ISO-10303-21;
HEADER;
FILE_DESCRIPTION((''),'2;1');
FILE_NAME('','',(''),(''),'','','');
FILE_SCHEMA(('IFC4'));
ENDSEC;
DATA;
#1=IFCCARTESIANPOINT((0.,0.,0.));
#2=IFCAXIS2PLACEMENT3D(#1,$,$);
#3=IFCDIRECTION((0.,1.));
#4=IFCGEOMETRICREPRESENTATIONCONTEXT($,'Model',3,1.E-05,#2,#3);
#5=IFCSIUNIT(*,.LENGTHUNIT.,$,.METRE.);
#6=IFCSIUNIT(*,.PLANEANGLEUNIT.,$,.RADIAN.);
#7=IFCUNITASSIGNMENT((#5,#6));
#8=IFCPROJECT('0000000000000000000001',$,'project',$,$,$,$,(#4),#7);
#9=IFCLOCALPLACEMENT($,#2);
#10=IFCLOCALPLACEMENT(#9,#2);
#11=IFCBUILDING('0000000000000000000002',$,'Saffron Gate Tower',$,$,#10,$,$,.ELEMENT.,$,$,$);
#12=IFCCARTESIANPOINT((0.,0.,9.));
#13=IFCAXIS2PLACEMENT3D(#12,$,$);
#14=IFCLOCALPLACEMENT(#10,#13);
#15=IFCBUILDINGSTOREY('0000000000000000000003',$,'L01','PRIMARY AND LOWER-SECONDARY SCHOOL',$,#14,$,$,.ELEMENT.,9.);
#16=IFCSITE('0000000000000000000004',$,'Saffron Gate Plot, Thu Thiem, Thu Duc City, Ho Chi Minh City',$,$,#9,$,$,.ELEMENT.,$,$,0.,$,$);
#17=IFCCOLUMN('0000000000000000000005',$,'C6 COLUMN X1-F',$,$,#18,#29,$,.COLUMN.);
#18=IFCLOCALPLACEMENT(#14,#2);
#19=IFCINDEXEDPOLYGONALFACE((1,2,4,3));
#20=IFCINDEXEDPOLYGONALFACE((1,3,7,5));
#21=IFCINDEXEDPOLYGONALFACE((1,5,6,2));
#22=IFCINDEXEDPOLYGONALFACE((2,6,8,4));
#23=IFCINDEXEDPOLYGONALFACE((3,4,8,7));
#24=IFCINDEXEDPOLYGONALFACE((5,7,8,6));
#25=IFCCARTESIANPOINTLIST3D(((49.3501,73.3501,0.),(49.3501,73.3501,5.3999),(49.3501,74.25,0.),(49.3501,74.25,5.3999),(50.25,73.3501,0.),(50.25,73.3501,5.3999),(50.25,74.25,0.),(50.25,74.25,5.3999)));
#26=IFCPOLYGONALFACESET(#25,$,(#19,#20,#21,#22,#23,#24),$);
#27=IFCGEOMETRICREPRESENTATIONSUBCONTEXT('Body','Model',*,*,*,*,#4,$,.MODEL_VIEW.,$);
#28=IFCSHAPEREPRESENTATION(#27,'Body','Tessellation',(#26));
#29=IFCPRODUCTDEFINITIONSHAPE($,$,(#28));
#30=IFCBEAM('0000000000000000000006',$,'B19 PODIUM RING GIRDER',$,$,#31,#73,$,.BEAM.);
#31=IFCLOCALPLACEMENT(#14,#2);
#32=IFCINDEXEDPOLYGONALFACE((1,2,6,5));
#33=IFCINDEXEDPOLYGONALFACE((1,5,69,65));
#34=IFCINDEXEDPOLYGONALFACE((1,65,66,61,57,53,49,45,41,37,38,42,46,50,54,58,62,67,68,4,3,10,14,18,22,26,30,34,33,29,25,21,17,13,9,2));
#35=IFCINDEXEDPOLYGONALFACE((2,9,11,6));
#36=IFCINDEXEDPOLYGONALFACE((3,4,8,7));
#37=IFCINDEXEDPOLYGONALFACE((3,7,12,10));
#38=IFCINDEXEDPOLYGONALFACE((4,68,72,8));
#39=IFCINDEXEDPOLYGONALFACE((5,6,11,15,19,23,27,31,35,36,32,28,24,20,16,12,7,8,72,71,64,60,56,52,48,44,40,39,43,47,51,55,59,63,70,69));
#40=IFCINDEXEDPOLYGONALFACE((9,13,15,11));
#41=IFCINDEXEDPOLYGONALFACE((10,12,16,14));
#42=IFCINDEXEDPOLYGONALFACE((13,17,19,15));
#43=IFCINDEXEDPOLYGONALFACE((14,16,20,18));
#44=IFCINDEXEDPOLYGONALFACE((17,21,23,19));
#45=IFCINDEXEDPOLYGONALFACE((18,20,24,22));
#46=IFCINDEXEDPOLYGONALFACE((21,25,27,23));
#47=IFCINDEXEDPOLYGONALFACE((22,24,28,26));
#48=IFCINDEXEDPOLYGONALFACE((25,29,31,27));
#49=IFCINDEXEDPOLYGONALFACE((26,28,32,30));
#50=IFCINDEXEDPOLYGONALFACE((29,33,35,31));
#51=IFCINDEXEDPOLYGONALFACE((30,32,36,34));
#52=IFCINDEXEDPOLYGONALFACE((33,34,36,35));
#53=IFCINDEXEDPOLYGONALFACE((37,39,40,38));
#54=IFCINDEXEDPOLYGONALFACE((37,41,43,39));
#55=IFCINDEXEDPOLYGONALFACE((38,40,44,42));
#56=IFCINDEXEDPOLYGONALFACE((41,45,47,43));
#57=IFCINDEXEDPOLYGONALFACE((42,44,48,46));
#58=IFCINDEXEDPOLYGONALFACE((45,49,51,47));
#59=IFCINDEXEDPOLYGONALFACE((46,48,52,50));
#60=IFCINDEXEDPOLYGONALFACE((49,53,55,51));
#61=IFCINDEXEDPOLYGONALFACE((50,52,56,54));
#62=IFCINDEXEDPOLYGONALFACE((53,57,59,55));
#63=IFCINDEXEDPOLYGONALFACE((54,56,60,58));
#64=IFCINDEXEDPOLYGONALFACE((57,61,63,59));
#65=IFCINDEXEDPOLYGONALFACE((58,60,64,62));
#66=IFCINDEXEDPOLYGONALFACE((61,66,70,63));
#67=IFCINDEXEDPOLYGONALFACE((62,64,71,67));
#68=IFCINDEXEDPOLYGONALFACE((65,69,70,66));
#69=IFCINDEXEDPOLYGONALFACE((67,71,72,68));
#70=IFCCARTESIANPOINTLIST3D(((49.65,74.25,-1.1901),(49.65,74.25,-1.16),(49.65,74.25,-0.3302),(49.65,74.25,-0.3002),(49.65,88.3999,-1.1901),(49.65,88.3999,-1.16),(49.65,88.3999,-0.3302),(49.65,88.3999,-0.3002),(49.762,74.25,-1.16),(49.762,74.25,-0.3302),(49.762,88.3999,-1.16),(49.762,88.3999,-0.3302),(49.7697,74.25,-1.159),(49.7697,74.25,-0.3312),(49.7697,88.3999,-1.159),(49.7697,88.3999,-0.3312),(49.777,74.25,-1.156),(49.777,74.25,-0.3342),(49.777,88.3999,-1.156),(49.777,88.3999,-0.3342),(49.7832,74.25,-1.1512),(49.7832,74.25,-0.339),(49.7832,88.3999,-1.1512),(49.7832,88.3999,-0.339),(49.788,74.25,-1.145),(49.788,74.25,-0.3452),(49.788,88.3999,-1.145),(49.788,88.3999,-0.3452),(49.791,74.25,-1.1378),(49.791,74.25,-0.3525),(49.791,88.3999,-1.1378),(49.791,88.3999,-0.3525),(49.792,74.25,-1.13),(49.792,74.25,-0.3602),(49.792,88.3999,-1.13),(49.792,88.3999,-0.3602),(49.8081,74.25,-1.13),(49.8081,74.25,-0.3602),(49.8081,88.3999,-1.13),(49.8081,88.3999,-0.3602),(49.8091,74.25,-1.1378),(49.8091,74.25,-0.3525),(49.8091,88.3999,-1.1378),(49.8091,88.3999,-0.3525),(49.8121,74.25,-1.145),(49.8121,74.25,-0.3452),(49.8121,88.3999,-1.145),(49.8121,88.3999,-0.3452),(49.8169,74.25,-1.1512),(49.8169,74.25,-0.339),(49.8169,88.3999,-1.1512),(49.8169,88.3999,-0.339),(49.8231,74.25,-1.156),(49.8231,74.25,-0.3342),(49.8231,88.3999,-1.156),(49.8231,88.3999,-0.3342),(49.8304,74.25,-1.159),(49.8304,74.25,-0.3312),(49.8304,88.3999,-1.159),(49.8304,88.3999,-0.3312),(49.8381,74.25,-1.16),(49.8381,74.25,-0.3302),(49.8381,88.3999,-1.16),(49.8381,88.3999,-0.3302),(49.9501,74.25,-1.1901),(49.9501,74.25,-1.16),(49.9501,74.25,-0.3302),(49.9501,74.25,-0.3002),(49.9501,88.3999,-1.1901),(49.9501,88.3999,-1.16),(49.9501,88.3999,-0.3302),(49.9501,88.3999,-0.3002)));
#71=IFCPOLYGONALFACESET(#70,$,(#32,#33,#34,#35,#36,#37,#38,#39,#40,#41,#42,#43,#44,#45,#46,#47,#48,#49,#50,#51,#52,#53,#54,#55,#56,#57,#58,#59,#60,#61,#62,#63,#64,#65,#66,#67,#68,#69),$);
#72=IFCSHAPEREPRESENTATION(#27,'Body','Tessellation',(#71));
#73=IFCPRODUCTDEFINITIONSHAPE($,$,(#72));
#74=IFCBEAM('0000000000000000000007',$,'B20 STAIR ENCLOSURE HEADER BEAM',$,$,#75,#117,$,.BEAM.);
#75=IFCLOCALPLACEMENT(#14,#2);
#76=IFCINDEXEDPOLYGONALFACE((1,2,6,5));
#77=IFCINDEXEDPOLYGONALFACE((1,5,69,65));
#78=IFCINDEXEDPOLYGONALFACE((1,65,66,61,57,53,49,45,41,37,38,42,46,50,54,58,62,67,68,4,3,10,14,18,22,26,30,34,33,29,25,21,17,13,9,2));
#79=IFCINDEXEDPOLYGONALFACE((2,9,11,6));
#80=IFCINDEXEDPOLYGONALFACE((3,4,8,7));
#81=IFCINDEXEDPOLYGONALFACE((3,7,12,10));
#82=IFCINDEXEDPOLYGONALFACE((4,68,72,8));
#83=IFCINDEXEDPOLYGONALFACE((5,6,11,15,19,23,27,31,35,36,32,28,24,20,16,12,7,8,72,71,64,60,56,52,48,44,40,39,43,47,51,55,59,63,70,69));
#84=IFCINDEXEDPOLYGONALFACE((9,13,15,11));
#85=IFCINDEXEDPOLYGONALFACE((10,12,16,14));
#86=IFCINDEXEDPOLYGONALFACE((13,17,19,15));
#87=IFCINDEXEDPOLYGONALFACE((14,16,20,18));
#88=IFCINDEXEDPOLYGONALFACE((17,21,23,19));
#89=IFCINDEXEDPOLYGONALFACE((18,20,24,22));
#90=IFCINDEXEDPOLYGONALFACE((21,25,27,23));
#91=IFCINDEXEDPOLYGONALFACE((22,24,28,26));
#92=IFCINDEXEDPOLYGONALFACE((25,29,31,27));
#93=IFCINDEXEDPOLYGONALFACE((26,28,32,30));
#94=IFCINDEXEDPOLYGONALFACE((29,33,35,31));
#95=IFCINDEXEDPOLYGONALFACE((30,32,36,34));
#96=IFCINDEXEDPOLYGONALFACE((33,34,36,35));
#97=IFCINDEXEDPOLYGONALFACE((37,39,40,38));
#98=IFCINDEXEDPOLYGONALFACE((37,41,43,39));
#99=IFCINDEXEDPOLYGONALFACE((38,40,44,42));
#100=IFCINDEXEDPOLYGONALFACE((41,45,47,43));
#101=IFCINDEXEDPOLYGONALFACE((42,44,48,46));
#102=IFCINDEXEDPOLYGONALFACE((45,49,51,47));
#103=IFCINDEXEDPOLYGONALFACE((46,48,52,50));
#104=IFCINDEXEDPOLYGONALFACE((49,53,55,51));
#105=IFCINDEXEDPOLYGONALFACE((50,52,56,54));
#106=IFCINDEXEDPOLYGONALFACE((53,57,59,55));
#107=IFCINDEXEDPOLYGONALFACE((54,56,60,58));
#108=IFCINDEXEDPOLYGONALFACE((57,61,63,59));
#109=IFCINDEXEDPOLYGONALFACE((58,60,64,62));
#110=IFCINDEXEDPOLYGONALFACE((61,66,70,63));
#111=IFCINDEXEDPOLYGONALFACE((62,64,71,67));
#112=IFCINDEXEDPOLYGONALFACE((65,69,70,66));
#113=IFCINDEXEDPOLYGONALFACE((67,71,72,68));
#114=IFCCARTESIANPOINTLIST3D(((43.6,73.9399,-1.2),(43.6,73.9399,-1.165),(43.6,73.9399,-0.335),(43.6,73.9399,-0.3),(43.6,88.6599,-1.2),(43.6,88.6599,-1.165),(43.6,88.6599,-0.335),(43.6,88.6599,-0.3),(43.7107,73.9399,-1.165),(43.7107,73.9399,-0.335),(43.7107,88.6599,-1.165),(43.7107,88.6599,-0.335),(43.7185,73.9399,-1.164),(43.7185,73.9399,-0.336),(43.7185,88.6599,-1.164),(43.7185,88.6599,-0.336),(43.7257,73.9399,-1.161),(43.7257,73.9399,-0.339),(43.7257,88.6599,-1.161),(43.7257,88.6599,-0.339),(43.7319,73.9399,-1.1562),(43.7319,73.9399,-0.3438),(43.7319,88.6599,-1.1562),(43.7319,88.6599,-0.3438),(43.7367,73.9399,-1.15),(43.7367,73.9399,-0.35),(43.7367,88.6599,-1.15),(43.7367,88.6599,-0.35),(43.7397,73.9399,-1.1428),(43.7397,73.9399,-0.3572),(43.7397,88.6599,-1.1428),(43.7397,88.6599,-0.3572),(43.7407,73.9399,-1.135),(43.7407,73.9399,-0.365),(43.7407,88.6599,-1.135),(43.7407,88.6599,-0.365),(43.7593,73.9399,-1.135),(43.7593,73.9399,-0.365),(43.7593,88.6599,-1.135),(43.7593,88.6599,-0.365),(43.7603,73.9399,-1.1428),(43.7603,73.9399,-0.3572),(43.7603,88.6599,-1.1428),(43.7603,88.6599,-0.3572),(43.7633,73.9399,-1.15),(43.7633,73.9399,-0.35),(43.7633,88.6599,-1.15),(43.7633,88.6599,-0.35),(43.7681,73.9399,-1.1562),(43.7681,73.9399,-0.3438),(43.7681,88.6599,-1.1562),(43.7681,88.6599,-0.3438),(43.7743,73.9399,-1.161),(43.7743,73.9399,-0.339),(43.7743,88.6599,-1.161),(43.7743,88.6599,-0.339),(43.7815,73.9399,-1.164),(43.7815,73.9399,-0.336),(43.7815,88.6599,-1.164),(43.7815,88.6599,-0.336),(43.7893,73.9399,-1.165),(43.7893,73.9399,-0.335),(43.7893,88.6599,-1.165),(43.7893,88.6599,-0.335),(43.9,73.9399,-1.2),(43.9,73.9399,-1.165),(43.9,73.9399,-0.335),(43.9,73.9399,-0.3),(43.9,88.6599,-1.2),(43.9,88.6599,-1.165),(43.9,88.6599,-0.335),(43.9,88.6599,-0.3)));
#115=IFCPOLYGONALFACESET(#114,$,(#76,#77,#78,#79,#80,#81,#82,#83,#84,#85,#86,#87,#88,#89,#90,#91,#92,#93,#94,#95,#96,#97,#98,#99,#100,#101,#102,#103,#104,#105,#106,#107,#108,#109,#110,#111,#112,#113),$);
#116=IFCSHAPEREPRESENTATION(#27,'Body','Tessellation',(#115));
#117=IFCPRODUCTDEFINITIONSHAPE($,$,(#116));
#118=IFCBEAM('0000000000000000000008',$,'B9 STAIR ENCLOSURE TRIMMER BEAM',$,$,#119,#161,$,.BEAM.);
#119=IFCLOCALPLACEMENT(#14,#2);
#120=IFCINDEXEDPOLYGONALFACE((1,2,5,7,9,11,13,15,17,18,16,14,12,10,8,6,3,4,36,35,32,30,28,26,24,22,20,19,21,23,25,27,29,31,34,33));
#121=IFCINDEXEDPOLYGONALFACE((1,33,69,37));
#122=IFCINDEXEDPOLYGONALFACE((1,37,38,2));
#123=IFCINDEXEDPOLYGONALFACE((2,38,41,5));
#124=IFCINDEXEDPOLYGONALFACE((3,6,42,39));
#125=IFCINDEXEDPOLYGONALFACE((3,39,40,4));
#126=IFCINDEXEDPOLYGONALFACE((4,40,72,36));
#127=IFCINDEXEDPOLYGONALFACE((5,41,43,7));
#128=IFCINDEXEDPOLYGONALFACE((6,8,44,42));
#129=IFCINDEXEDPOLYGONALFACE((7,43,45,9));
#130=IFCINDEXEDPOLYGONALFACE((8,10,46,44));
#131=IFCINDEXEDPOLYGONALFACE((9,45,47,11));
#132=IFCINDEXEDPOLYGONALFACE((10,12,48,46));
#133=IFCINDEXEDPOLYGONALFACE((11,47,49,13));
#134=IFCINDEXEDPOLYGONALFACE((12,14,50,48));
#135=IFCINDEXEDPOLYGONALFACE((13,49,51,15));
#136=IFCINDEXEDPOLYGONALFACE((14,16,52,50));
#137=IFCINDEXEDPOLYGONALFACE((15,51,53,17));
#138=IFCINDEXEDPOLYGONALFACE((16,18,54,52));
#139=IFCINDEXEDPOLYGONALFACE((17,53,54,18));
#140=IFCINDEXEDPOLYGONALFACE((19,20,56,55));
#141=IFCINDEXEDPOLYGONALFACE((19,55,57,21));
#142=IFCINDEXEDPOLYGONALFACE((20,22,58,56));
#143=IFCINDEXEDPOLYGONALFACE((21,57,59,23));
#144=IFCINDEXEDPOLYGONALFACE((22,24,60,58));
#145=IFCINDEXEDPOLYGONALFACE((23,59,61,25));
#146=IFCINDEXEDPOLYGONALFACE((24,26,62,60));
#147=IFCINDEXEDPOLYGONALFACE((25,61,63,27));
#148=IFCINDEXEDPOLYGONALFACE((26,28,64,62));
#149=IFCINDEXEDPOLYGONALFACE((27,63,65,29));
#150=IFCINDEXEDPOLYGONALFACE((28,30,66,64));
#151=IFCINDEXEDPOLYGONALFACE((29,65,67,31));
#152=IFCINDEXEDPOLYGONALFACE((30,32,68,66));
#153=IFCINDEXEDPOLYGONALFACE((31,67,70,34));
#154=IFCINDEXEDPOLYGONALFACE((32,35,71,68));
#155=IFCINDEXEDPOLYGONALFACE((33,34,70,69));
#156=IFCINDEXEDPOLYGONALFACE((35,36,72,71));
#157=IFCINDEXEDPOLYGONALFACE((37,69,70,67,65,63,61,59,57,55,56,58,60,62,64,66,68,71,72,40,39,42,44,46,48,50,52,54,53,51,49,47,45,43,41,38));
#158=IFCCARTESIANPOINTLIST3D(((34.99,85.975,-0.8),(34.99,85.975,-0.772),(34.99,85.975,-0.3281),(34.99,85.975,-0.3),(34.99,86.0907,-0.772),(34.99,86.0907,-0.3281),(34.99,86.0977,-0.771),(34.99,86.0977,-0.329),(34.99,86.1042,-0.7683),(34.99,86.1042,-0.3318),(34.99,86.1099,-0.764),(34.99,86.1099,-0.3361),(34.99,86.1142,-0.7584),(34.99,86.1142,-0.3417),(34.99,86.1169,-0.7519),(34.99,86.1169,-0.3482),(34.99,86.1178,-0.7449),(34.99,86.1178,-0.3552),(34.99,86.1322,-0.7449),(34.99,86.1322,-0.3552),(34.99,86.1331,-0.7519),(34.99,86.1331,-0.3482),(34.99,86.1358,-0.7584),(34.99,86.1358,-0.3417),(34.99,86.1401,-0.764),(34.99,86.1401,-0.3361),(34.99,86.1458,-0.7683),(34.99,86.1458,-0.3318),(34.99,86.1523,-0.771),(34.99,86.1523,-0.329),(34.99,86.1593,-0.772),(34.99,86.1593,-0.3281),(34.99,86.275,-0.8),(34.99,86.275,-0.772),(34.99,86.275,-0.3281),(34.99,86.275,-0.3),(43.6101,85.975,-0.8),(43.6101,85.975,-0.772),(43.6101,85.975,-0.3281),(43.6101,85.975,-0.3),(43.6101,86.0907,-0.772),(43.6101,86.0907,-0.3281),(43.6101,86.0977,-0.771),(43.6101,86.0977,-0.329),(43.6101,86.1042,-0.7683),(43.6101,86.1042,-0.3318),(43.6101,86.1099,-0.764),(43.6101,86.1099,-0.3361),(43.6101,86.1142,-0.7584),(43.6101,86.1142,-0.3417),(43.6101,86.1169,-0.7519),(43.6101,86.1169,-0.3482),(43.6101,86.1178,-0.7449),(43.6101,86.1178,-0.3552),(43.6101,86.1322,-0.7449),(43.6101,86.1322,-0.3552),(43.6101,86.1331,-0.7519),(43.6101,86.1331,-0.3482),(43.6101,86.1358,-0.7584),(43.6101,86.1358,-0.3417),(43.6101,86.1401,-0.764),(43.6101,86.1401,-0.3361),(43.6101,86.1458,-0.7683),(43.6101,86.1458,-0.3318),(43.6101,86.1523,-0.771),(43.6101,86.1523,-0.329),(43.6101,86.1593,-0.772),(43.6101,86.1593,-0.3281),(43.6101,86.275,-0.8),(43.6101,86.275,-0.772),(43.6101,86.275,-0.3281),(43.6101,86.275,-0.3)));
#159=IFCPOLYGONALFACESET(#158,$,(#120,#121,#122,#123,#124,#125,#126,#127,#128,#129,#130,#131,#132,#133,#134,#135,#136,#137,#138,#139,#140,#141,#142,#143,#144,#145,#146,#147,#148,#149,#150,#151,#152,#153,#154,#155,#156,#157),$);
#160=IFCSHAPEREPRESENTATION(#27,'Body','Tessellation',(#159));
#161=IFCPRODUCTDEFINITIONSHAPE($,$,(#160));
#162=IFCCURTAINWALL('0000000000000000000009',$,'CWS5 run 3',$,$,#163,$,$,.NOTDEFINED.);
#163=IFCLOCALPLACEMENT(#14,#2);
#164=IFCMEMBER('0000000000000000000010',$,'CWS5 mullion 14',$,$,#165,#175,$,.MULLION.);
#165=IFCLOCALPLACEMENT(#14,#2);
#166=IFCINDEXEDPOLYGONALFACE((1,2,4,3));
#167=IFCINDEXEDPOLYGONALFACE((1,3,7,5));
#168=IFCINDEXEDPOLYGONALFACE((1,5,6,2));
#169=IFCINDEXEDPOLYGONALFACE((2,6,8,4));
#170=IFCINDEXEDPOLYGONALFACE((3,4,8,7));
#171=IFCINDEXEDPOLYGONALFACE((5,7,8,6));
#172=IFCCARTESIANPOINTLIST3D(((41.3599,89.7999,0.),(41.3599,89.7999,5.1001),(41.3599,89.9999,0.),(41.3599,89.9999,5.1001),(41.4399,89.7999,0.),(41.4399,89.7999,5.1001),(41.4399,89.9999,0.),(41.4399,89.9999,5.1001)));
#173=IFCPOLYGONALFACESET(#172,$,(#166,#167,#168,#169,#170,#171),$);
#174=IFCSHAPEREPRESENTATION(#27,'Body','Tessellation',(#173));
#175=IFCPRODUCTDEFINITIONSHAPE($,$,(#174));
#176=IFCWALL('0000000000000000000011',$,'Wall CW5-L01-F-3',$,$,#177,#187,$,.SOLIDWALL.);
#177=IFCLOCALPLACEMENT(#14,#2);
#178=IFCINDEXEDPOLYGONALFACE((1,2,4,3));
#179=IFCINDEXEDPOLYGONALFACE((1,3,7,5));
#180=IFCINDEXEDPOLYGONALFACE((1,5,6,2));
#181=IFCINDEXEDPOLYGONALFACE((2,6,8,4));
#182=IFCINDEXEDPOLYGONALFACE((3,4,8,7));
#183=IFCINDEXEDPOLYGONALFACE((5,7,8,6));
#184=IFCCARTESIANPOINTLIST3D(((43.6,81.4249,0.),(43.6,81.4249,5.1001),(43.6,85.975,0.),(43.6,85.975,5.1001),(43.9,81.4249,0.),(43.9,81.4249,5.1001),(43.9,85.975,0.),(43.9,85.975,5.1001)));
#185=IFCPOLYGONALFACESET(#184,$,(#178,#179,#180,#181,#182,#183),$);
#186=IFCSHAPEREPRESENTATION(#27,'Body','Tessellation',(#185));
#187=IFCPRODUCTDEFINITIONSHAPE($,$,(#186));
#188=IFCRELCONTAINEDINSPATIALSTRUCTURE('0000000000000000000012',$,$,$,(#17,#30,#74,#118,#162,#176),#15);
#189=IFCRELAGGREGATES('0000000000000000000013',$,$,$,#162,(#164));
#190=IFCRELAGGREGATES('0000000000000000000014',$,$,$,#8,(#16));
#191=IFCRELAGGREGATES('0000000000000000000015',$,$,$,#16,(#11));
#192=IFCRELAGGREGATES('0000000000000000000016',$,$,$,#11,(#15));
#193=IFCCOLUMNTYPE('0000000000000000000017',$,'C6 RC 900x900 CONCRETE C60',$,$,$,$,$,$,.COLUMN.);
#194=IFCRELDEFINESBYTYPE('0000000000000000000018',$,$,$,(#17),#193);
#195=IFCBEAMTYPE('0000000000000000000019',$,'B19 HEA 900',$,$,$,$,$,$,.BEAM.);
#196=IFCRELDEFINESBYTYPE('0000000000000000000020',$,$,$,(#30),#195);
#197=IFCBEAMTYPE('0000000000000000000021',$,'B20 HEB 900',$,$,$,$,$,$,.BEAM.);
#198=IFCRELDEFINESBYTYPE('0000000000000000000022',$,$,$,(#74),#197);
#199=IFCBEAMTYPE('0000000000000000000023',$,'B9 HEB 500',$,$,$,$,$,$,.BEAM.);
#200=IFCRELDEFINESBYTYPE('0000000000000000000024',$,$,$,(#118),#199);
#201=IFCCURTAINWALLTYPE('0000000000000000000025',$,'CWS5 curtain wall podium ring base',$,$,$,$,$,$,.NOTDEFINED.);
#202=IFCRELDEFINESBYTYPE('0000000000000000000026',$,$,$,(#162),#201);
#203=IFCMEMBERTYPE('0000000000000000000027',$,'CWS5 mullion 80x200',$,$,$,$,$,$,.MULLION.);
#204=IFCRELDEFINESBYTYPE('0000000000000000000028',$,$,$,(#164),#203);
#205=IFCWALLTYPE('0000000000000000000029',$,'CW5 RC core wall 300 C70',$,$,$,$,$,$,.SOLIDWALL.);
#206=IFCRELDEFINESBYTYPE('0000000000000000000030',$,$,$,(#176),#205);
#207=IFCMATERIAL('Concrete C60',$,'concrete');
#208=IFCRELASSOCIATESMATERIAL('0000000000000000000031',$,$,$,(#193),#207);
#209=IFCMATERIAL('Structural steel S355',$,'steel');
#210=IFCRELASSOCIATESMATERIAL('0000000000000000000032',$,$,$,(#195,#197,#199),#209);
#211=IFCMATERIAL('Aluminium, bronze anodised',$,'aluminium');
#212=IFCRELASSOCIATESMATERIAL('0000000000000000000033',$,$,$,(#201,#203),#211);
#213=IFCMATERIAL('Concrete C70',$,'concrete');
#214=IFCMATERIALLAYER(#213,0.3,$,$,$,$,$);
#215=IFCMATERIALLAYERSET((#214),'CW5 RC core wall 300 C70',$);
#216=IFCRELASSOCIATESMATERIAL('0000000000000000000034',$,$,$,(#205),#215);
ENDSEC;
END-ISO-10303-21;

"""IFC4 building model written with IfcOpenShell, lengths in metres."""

from ifc_helpers import new_model, si_unit, direction, frame, frame_2d, origin, origin_2d, place, context, subcontext, project, spatial, rectangle, i_section, extrude, material, layer, layer_set, material_profile, profile_set, type_object, element, aggregate, save


model = new_model("IFC4")

# Units and contexts
model_context = context("Model", 3, precision=1e-05, world=origin(), true_north=direction((0.0, 1.0)))
body_context = subcontext(model_context, "Body", "Model", "MODEL_VIEW")
ifc_project = project(units=[si_unit("LENGTHUNIT", "METRE"), si_unit("PLANEANGLEUNIT", "RADIAN")], contexts=[model_context])

# Site, building, storey
site_placement = place(None, origin())
site = spatial("IfcSite", under=ifc_project, at=site_placement, Name="Saffron Gate Plot, Thu Thiem, Thu Duc City, Ho Chi Minh City", CompositionType="ELEMENT", RefElevation=0.0)
building_placement = place(site_placement, origin())
building = spatial("IfcBuilding", under=site, at=building_placement, Name="Saffron Gate Tower", CompositionType="ELEMENT")
storey_placement = place(building_placement, frame((0.0, 0.0, 9.0)))
storey = spatial("IfcBuildingStorey", under=building, at=storey_placement, Name="L01", Description="PRIMARY AND LOWER-SECONDARY SCHOOL", CompositionType="ELEMENT", Elevation=9.0)

# Column
ifc_material_1 = material(Name="Concrete C60", Category="concrete")
ifc_material_profile_1 = material_profile(ifc_material_1, rectangle(XDim=0.8999, YDim=0.8999, at=origin_2d()))
ifc_profile_set_1 = profile_set([ifc_material_profile_1], Name="Concrete C60")
column_type = type_object("IfcColumnType", Name="C6 RC 900x900 CONCRETE C60", PredefinedType="COLUMN", material=ifc_profile_set_1)
column_placement = place(storey_placement, frame((49.8, 73.8, 0.0), z_axis=(0.0, 0.0, 1.0), x_axis=(1.0, 0.0, 0.0)))
element("IfcColumn", 1, at=column_placement, inside=storey, type_object=column_type, Name="C6 COLUMN X1-F", PredefinedType="COLUMN", context=body_context, shape_type="SweptSolid", body=[
    extrude(rectangle(XDim=0.8999, YDim=0.8999, at=origin_2d()), origin(), (0.0, 0.0, 1.0), 5.3999),
])

# Beams
ifc_material_2 = material(Name="Structural steel S355", Category="steel")
ifc_material_profile_2 = material_profile(ifc_material_2, i_section(OverallWidth=0.3, OverallDepth=0.8899, WebThickness=0.0161, FlangeThickness=0.03, FilletRadius=0.03, at=origin_2d()))
ifc_profile_set_2 = profile_set([ifc_material_profile_2], Name="Structural steel S355")
beam_type_1 = type_object("IfcBeamType", Name="B19 HEA 900", PredefinedType="BEAM", material=ifc_profile_set_2)
beam_1_placement = place(storey_placement, frame((49.8, 88.3999, -0.7451), z_axis=(0.0, -1.0, 0.0), x_axis=(1.0, 0.0, 0.0)))
element("IfcBeam", 2, at=beam_1_placement, inside=storey, type_object=beam_type_1, Name="B19 PODIUM RING GIRDER", PredefinedType="BEAM", context=body_context, shape_type="SweptSolid", body=[
    extrude(i_section(OverallWidth=0.3, OverallDepth=0.8899, WebThickness=0.0161, FlangeThickness=0.03, FilletRadius=0.03, at=origin_2d()), origin(), (0.0, 0.0, 1.0), 14.1499),
])
ifc_material_profile_3 = material_profile(ifc_material_2, i_section(OverallWidth=0.3, OverallDepth=0.8999, WebThickness=0.0186, FlangeThickness=0.0349, FilletRadius=0.03, at=origin_2d()))
ifc_profile_set_3 = profile_set([ifc_material_profile_3], Name="Structural steel S355")
beam_type_2 = type_object("IfcBeamType", Name="B20 HEB 900", PredefinedType="BEAM", material=ifc_profile_set_3)
beam_2_placement = place(storey_placement, frame((43.75, 73.9399, -0.75), z_axis=(0.0, 1.0, 0.0), x_axis=(-1.0, 0.0, 0.0)))
element("IfcBeam", 3, at=beam_2_placement, inside=storey, type_object=beam_type_2, Name="B20 STAIR ENCLOSURE HEADER BEAM", PredefinedType="BEAM", context=body_context, shape_type="SweptSolid", body=[
    extrude(i_section(OverallWidth=0.3, OverallDepth=0.8999, WebThickness=0.0186, FlangeThickness=0.0349, FilletRadius=0.03, at=origin_2d()), origin(), (0.0, 0.0, 1.0), 14.72),
])
ifc_material_profile_4 = material_profile(ifc_material_2, i_section(OverallWidth=0.3, OverallDepth=0.5, WebThickness=0.0144, FlangeThickness=0.0281, FilletRadius=0.0271, at=origin_2d()))
ifc_profile_set_4 = profile_set([ifc_material_profile_4], Name="Structural steel S355")
beam_type_3 = type_object("IfcBeamType", Name="B9 HEB 500", PredefinedType="BEAM", material=ifc_profile_set_4)
beam_3_placement = place(storey_placement, frame((34.99, 86.125, -0.55), z_axis=(1.0, 0.0, 0.0), x_axis=(0.0, 1.0, 0.0)))
element("IfcBeam", 4, at=beam_3_placement, inside=storey, type_object=beam_type_3, Name="B9 STAIR ENCLOSURE TRIMMER BEAM", PredefinedType="BEAM", context=body_context, shape_type="SweptSolid", body=[
    extrude(i_section(OverallWidth=0.3, OverallDepth=0.5, WebThickness=0.0144, FlangeThickness=0.0281, FilletRadius=0.0271, at=origin_2d()), origin(), (0.0, 0.0, 1.0), 8.6201),
])

# Curtain wall, member
ifc_material_3 = material(Name="Aluminium, bronze anodised", Category="aluminium")
curtain_wall_type = type_object("IfcCurtainWallType", Name="CWS5 curtain wall podium ring base", PredefinedType="NOTDEFINED", material=ifc_material_3)
curtain_wall_placement = place(storey_placement, origin())
curtain_wall = element("IfcCurtainWall", 5, at=curtain_wall_placement, inside=storey, type_object=curtain_wall_type, Name="CWS5 run 3", PredefinedType="NOTDEFINED")
ifc_material_profile_5 = material_profile(ifc_material_3, rectangle(XDim=0.2, YDim=0.0801, at=origin_2d()))
ifc_profile_set_5 = profile_set([ifc_material_profile_5], Name="Aluminium, bronze anodised")
member_type = type_object("IfcMemberType", Name="CWS5 mullion 80x200", PredefinedType="MULLION", material=ifc_profile_set_5)
member_placement = place(storey_placement, frame((41.3999, 89.8999, 0.0), z_axis=(0.0, 0.0, 1.0), x_axis=(0.0, -1.0, 0.0)))
member = element("IfcMember", 6, at=member_placement, type_object=member_type, Name="CWS5 mullion 14", PredefinedType="MULLION", context=body_context, shape_type="SweptSolid", body=[
    extrude(rectangle(XDim=0.2, YDim=0.0801, at=origin_2d()), origin(), (0.0, 0.0, 1.0), 5.1001),
])
aggregate(curtain_wall, [member])

# Wall
ifc_material_4 = material(Name="Concrete C70", Category="concrete")
ifc_layer_1 = layer(ifc_material_4, 0.3)
ifc_layer_set_1 = layer_set([ifc_layer_1], Name="CW5 RC core wall 300 C70")
wall_type_1 = type_object("IfcWallType", Name="CW5 RC core wall 300 C70", PredefinedType="SOLIDWALL", material=ifc_layer_set_1)
wall_1_placement = place(storey_placement, frame((43.75, 81.425, 0.0), z_axis=(0.0, 0.0, 1.0), x_axis=(0.0, 1.0, 0.0)))
element("IfcWall", 7, at=wall_1_placement, inside=storey, type_object=wall_type_1, Name="Wall CW5-L01-F-3", PredefinedType="SOLIDWALL", context=body_context, shape_type="SweptSolid", body=[
    extrude(rectangle(XDim=4.55, YDim=0.3, at=frame_2d((2.2749, 0.0))), origin(), (0.0, 0.0, 1.0), 5.1001),
])

save(model, "model.ifc")
